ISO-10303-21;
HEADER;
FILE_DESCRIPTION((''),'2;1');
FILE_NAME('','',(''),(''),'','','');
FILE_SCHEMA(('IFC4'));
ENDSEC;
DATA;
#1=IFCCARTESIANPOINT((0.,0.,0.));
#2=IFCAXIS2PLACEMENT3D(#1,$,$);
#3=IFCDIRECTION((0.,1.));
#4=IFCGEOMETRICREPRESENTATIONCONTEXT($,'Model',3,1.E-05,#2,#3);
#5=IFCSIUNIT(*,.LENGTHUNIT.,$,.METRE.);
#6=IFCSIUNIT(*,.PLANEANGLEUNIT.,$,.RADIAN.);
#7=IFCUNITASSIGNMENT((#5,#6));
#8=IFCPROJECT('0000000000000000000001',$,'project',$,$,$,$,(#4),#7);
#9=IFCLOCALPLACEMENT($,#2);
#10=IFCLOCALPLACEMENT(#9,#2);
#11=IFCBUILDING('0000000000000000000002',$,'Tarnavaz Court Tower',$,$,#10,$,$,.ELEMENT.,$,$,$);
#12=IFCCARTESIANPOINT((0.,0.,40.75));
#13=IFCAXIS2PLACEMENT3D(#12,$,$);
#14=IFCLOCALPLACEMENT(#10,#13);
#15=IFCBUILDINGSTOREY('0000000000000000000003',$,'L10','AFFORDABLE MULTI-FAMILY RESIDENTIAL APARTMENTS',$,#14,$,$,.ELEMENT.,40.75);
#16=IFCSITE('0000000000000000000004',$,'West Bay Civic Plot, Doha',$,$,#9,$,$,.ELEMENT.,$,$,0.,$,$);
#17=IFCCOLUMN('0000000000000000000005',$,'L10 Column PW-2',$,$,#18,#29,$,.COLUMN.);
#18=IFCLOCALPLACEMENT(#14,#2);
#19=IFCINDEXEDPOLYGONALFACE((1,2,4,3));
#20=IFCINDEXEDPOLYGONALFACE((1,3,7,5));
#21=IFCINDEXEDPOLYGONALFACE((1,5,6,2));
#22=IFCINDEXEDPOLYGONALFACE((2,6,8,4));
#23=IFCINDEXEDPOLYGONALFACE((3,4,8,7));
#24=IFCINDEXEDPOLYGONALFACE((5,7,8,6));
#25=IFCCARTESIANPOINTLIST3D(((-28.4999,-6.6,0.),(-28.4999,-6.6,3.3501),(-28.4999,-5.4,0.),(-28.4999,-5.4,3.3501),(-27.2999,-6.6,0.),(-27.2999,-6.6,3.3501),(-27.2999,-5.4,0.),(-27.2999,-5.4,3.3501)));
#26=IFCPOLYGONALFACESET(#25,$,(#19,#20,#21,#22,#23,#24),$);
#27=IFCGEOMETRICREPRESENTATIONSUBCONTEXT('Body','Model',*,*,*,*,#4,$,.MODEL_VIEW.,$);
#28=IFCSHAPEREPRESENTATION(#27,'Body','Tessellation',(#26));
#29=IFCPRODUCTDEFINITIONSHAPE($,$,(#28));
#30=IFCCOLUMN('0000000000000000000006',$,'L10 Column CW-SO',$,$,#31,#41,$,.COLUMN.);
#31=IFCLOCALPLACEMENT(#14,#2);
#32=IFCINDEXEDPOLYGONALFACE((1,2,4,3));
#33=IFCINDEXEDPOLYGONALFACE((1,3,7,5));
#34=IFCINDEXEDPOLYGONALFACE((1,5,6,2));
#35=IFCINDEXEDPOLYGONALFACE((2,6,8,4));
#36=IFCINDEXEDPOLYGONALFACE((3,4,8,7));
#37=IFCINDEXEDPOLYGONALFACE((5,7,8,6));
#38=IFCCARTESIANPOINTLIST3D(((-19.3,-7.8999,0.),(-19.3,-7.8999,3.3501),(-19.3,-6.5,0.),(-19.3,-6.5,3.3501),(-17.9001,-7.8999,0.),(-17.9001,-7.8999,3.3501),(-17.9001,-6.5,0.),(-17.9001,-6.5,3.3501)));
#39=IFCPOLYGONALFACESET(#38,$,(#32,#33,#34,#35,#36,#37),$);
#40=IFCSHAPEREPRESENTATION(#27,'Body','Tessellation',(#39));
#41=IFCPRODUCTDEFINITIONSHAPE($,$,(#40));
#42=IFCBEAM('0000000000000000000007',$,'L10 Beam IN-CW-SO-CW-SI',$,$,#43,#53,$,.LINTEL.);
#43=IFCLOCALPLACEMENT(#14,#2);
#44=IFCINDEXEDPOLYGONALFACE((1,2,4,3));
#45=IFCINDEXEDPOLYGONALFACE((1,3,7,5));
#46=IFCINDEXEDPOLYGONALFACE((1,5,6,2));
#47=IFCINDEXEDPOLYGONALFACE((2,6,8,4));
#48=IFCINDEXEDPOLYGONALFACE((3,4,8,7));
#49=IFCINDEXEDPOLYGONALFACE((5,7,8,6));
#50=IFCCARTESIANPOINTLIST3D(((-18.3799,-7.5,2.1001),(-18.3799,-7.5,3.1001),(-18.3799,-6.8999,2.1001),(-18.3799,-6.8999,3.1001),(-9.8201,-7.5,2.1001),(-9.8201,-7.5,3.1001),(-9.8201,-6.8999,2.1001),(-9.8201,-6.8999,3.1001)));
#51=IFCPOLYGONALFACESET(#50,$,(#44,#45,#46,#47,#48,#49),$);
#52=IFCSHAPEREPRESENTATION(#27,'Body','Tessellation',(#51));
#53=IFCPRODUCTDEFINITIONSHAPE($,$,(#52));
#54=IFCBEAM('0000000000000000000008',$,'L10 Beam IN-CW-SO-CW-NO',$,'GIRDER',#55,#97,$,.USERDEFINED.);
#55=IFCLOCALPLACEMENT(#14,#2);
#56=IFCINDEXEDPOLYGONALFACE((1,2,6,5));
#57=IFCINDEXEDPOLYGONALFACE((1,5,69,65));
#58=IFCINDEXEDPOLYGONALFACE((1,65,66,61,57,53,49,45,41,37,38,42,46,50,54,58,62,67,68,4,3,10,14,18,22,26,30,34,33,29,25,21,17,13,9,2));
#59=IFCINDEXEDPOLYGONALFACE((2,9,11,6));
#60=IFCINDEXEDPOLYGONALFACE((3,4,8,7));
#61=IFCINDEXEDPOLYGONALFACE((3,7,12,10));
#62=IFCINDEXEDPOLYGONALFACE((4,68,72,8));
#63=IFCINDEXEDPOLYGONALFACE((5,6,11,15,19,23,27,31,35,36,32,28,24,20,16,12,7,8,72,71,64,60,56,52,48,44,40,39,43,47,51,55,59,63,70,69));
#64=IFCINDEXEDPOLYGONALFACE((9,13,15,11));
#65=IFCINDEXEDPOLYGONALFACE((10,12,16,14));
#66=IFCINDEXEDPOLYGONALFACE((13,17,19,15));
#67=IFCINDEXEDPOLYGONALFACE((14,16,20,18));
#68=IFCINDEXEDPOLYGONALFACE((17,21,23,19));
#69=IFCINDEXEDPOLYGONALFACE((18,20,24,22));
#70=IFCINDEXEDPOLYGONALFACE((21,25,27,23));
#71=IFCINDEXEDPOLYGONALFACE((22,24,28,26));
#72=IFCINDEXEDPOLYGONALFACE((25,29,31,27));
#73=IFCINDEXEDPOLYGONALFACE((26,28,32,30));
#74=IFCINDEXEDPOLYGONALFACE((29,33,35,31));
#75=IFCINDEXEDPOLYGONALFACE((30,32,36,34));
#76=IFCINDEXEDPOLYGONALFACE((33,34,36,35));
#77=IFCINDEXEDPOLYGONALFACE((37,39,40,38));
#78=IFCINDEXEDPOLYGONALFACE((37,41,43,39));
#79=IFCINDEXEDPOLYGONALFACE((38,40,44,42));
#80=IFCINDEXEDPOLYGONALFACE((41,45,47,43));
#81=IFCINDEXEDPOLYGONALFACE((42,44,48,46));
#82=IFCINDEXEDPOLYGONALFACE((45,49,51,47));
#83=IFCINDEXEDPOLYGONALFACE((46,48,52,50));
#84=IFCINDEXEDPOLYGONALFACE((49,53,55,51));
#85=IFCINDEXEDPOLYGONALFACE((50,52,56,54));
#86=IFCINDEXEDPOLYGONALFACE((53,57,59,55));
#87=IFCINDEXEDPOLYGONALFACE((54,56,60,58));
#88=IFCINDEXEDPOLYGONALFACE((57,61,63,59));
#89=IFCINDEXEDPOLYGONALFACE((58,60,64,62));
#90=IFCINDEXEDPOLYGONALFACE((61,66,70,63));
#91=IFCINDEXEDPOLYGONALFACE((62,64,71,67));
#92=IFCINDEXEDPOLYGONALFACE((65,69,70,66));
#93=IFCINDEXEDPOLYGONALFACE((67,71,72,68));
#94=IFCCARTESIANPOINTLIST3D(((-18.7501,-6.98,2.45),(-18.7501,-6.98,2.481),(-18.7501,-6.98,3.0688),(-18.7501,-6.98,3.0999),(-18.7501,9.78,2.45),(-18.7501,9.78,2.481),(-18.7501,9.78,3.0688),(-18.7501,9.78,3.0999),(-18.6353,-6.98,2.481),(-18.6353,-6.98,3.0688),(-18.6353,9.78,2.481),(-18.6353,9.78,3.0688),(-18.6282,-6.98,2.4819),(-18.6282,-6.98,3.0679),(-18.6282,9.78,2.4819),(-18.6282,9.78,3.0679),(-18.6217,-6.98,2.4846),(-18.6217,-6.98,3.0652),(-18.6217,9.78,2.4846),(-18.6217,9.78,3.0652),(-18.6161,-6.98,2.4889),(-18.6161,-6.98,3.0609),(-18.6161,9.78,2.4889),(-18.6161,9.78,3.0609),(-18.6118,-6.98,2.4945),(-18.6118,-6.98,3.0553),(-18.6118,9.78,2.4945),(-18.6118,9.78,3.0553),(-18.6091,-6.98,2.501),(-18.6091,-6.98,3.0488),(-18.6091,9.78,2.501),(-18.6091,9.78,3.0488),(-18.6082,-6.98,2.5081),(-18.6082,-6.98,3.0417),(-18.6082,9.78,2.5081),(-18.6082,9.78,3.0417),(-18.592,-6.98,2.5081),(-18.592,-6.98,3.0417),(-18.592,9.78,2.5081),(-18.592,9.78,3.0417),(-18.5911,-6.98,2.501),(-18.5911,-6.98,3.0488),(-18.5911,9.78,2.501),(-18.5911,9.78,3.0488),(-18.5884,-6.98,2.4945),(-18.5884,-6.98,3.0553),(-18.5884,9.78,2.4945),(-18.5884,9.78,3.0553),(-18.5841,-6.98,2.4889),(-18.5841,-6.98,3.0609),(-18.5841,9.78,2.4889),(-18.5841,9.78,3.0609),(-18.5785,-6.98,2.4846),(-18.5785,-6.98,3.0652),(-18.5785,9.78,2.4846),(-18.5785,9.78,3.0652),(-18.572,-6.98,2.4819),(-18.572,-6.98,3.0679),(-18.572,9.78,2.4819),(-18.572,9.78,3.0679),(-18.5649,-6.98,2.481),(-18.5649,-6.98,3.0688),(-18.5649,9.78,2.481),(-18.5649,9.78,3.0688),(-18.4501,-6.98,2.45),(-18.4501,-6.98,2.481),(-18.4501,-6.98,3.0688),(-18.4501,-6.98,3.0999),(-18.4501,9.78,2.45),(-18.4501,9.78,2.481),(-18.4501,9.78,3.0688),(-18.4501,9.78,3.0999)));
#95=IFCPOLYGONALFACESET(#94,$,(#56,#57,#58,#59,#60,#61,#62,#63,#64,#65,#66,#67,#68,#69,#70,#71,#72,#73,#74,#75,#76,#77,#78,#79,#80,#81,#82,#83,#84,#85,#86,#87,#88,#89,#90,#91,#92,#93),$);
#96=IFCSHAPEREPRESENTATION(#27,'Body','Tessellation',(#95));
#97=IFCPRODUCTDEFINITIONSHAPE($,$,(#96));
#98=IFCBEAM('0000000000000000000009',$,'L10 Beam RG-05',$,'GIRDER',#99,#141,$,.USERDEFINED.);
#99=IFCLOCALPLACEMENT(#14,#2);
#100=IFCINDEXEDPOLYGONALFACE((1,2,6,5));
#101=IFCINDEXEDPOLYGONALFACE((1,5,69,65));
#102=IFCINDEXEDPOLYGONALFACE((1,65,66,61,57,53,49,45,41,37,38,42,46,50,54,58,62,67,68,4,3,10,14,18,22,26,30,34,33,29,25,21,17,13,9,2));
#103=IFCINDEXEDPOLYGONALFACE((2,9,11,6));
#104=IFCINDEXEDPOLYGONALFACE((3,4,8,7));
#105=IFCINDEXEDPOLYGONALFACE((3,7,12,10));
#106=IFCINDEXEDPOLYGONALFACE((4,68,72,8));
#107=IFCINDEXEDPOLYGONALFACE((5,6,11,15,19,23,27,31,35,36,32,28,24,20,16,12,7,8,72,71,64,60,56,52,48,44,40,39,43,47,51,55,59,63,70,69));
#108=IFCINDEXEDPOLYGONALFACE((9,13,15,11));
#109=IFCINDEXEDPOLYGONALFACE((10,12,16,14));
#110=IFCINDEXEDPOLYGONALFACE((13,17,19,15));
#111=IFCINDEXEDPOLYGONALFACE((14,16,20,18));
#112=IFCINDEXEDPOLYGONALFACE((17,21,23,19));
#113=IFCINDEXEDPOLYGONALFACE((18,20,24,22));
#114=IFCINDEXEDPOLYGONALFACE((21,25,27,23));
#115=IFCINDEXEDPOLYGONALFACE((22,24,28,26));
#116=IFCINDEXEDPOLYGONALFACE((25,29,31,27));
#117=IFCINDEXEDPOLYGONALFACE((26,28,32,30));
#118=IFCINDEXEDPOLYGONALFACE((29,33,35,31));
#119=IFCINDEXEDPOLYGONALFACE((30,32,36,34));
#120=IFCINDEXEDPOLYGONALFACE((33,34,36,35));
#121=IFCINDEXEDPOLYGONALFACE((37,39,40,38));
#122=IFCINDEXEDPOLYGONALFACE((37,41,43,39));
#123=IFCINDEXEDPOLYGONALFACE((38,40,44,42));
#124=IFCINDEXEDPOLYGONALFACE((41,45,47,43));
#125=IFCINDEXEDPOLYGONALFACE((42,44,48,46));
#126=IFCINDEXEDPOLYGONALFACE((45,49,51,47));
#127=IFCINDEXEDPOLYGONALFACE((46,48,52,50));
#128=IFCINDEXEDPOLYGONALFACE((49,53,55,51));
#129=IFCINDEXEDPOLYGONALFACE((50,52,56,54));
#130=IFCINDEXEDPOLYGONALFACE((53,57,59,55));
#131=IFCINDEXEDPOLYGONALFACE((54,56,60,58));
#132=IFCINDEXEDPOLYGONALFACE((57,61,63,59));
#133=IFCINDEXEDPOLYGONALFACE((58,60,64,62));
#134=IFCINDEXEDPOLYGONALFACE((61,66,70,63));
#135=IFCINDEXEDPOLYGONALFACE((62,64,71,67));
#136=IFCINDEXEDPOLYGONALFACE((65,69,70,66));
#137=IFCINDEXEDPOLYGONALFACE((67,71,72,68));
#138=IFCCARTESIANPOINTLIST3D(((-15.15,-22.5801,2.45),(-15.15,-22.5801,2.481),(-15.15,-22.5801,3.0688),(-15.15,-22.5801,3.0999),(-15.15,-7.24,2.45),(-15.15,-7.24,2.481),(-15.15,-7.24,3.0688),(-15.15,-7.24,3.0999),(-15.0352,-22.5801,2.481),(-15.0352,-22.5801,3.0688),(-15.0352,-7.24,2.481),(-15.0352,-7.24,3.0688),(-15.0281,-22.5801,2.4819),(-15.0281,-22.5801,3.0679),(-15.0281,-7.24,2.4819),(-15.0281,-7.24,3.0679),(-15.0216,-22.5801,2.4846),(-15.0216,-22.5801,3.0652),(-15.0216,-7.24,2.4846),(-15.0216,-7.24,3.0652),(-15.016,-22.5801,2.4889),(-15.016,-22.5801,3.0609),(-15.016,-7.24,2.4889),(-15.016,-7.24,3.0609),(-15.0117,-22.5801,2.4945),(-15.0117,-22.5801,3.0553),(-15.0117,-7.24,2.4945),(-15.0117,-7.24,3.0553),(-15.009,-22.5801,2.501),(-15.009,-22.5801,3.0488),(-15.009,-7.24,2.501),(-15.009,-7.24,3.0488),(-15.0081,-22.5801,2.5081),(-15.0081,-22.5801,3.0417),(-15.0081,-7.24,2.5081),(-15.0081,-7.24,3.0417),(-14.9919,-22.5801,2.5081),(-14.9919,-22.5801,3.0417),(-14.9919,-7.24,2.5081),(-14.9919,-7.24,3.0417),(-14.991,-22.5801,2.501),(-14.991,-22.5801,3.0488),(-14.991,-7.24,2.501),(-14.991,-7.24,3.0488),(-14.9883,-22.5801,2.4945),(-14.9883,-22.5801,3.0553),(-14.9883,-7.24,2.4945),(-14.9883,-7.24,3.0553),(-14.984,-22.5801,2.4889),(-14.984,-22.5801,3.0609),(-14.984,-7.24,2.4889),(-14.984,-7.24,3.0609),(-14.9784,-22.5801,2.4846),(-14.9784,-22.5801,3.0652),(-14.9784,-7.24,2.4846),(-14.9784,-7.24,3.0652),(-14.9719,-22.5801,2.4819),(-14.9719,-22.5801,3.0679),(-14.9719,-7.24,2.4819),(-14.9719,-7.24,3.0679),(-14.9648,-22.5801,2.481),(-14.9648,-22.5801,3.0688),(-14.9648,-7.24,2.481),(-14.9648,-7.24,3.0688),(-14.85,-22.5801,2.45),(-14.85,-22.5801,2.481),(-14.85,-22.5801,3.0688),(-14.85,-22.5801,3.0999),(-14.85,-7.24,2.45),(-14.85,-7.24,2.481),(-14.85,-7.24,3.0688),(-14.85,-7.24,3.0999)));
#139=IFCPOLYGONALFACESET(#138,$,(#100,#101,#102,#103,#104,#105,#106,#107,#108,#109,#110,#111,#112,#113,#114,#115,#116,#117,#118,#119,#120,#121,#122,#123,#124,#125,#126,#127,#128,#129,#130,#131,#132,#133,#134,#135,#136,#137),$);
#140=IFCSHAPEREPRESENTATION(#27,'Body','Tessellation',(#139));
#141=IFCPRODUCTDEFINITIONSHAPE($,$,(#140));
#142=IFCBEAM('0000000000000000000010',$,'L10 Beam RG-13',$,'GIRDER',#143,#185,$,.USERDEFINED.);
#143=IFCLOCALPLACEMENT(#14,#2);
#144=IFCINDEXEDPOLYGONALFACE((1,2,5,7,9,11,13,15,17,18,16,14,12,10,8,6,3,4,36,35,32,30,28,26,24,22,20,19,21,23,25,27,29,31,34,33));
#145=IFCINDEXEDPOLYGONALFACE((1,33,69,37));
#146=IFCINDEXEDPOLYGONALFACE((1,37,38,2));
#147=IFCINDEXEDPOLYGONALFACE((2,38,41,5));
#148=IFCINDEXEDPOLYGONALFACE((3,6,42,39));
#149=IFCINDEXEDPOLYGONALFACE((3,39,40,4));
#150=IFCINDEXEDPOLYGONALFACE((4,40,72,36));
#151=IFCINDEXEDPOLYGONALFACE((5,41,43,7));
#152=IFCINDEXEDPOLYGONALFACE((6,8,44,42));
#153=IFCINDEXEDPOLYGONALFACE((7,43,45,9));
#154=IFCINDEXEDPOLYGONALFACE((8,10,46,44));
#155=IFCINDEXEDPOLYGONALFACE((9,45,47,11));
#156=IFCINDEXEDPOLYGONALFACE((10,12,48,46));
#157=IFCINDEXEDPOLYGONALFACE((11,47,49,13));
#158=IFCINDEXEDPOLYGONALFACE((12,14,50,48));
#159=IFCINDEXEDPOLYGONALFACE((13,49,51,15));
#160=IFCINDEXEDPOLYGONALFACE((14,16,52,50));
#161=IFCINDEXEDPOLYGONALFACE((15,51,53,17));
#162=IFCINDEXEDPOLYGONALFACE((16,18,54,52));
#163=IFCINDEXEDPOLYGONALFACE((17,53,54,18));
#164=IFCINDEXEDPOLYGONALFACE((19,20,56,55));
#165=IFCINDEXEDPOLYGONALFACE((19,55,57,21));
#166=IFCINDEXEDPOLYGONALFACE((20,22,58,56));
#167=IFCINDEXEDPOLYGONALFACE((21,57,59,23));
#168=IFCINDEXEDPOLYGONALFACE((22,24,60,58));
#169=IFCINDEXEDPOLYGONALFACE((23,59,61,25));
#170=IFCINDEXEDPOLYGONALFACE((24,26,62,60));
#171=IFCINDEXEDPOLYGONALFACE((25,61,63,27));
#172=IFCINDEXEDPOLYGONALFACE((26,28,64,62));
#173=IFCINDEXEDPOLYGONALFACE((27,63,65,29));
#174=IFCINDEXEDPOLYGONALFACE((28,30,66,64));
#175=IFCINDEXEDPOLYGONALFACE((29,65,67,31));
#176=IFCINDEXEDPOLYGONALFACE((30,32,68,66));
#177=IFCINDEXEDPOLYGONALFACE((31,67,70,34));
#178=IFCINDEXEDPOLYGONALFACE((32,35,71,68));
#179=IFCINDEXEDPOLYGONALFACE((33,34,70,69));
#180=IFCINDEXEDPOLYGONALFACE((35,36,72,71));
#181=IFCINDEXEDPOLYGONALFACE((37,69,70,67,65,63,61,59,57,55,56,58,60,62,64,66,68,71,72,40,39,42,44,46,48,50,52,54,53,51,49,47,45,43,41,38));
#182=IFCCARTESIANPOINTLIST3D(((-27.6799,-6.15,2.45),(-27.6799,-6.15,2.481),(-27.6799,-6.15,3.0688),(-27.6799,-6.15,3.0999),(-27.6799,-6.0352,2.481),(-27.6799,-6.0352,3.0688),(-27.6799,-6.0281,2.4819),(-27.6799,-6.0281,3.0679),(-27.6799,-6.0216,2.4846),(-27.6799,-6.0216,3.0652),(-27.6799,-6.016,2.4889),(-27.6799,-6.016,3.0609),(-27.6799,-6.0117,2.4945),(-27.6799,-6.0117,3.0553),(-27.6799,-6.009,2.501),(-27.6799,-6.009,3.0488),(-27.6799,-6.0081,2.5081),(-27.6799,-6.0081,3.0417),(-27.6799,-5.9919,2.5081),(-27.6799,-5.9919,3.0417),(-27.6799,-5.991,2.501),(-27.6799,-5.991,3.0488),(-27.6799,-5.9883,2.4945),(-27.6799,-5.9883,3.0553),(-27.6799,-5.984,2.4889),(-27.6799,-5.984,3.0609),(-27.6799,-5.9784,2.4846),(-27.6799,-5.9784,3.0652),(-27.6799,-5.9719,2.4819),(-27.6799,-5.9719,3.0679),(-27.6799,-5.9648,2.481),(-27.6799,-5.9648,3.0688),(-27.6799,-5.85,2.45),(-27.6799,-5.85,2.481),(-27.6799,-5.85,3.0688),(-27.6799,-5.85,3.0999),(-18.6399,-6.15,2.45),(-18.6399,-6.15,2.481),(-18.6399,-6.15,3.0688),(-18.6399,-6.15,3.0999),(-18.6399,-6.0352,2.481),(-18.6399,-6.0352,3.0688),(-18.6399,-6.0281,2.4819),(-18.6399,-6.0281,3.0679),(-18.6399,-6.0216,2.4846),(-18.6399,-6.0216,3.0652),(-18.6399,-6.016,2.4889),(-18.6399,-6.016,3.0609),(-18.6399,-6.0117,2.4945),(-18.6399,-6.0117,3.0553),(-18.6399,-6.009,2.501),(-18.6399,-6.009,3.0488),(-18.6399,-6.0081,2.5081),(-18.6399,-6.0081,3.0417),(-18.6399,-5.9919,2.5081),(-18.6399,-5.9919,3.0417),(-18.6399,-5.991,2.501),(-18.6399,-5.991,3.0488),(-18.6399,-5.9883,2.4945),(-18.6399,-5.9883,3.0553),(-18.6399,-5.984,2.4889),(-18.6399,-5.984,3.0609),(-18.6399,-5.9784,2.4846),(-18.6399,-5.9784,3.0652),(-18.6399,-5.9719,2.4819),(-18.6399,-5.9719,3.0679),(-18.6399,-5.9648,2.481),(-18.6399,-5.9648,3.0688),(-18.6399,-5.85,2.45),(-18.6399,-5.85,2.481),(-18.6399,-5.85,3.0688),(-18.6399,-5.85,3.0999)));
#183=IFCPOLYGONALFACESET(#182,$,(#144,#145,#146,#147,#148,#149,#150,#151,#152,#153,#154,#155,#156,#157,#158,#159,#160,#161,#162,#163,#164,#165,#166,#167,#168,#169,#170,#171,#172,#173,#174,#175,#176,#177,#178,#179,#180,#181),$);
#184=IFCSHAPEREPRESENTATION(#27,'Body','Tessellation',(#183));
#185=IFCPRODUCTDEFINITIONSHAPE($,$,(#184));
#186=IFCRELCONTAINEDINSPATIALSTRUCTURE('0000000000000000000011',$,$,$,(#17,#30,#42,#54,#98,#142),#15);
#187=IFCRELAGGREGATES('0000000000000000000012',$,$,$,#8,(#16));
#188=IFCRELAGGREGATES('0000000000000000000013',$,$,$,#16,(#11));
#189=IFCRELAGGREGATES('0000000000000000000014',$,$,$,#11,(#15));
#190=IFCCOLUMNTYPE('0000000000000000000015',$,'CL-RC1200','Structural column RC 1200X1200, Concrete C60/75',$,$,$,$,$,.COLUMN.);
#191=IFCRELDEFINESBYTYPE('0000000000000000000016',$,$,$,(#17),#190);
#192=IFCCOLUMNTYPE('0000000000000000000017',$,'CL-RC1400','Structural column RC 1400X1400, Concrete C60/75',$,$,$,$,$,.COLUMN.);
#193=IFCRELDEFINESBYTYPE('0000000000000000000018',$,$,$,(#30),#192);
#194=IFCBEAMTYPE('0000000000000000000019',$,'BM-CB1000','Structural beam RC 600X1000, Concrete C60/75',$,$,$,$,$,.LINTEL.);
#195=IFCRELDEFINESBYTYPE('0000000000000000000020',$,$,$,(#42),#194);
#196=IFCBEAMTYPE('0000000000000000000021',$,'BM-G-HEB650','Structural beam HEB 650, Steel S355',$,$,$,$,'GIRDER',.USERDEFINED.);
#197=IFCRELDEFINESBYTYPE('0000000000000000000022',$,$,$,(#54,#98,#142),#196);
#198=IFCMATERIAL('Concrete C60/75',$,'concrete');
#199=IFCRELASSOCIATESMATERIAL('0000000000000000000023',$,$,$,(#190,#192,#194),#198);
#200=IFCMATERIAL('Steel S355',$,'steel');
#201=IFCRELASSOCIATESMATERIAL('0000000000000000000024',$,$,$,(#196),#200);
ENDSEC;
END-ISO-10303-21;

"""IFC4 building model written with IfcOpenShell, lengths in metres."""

from ifc_helpers import new_model, si_unit, direction, frame, origin, origin_2d, place, context, subcontext, project, spatial, rectangle, i_section, extrude, material, material_profile, profile_set, type_object, element, save


model = new_model("IFC4")

# Units and contexts
model_context = context("Model", 3, precision=1e-05, world=origin(), true_north=direction((0.0, 1.0)))
body_context = subcontext(model_context, "Body", "Model", "MODEL_VIEW")
ifc_project = project(units=[si_unit("LENGTHUNIT", "METRE"), si_unit("PLANEANGLEUNIT", "RADIAN")], contexts=[model_context])

# Site, building, storey
site_placement = place(None, origin())
site = spatial("IfcSite", under=ifc_project, at=site_placement, Name="West Bay Civic Plot, Doha", CompositionType="ELEMENT", RefElevation=0.0)
building_placement = place(site_placement, origin())
building = spatial("IfcBuilding", under=site, at=building_placement, Name="Tarnavaz Court Tower", CompositionType="ELEMENT")
storey_placement = place(building_placement, frame((0.0, 0.0, 40.75)))
storey = spatial("IfcBuildingStorey", under=building, at=storey_placement, Name="L10", Description="AFFORDABLE MULTI-FAMILY RESIDENTIAL APARTMENTS", CompositionType="ELEMENT", Elevation=40.75)

# Columns
ifc_material_1 = material(Name="Concrete C60/75", Category="concrete")
ifc_material_profile_1 = material_profile(ifc_material_1, rectangle(XDim=1.2, YDim=1.2, at=origin_2d()), Name="RC 1200X1200")
ifc_profile_set_1 = profile_set([ifc_material_profile_1], Name="Concrete C60/75")
column_type_1 = type_object("IfcColumnType", Name="CL-RC1200", Description="Structural column RC 1200X1200, Concrete C60/75", PredefinedType="COLUMN", material=ifc_profile_set_1)
column_1_placement = place(storey_placement, frame((-27.8999, -6.0, 0.0), z_axis=(0.0, 0.0, 1.0), x_axis=(1.0, 0.0, 0.0)))
element("IfcColumn", 1, at=column_1_placement, inside=storey, type_object=column_type_1, Name="L10 Column PW-2", PredefinedType="COLUMN", context=body_context, shape_type="SweptSolid", body=[
    extrude(rectangle(XDim=1.2, YDim=1.2, at=origin_2d()), origin(), (0.0, 0.0, 1.0), 3.3501),
])
ifc_material_profile_2 = material_profile(ifc_material_1, rectangle(XDim=1.3999, YDim=1.3999, at=origin_2d()), Name="RC 1400X1400")
ifc_profile_set_2 = profile_set([ifc_material_profile_2], Name="Concrete C60/75")
column_type_2 = type_object("IfcColumnType", Name="CL-RC1400", Description="Structural column RC 1400X1400, Concrete C60/75", PredefinedType="COLUMN", material=ifc_profile_set_2)
column_2_placement = place(storey_placement, frame((-18.6001, -7.2, 0.0), z_axis=(0.0, 0.0, 1.0), x_axis=(1.0, 0.0, 0.0)))
element("IfcColumn", 2, at=column_2_placement, inside=storey, type_object=column_type_2, Name="L10 Column CW-SO", PredefinedType="COLUMN", context=body_context, shape_type="SweptSolid", body=[
    extrude(rectangle(XDim=1.3999, YDim=1.3999, at=origin_2d()), origin(), (0.0, 0.0, 1.0), 3.3501),
])

# Beams
ifc_material_profile_3 = material_profile(ifc_material_1, rectangle(XDim=0.6001, YDim=1.0, at=origin_2d()), Name="RC 600X1000")
ifc_profile_set_3 = profile_set([ifc_material_profile_3], Name="Concrete C60/75")
beam_type_1 = type_object("IfcBeamType", Name="BM-CB1000", Description="Structural beam RC 600X1000, Concrete C60/75", PredefinedType="LINTEL", material=ifc_profile_set_3)
beam_1_placement = place(storey_placement, frame((-18.3799, -7.2, 2.6001), z_axis=(1.0, 0.0, 0.0), x_axis=(0.0, 1.0, 0.0)))
element("IfcBeam", 3, at=beam_1_placement, inside=storey, type_object=beam_type_1, Name="L10 Beam IN-CW-SO-CW-SI", PredefinedType="LINTEL", context=body_context, shape_type="SweptSolid", body=[
    extrude(rectangle(XDim=0.6001, YDim=1.0, at=origin_2d()), origin(), (0.0, 0.0, 1.0), 8.5598),
])
ifc_material_2 = material(Name="Steel S355", Category="steel")
ifc_material_profile_4 = material_profile(ifc_material_2, i_section(OverallWidth=0.3, OverallDepth=0.6499, WebThickness=0.0161, FlangeThickness=0.031, FilletRadius=0.0271, at=origin_2d()), Name="HEB 650")
ifc_profile_set_4 = profile_set([ifc_material_profile_4], Name="Steel S355")
beam_type_2 = type_object("IfcBeamType", Name="BM-G-HEB650", Description="Structural beam HEB 650, Steel S355", ElementType="GIRDER", PredefinedType="USERDEFINED", material=ifc_profile_set_4)
beam_2_placement = place(storey_placement, frame((-18.6001, -6.98, 2.7749), z_axis=(0.0, 1.0, 0.0), x_axis=(-1.0, 0.0, 0.0)))
element("IfcBeam", 4, at=beam_2_placement, inside=storey, type_object=beam_type_2, Name="L10 Beam IN-CW-SO-CW-NO", ObjectType="GIRDER", PredefinedType="USERDEFINED", context=body_context, shape_type="SweptSolid", body=[
    extrude(i_section(OverallWidth=0.3, OverallDepth=0.6499, WebThickness=0.0161, FlangeThickness=0.031, FilletRadius=0.0271, at=origin_2d()), origin(), (0.0, 0.0, 1.0), 16.76),
])
beam_3_placement = place(storey_placement, frame((-15.0, -7.24, 2.7749), z_axis=(0.0, -1.0, 0.0), x_axis=(1.0, 0.0, 0.0)))
element("IfcBeam", 5, at=beam_3_placement, inside=storey, type_object=beam_type_2, Name="L10 Beam RG-05", ObjectType="GIRDER", PredefinedType="USERDEFINED", context=body_context, shape_type="SweptSolid", body=[
    extrude(i_section(OverallWidth=0.3, OverallDepth=0.6499, WebThickness=0.0161, FlangeThickness=0.031, FilletRadius=0.0271, at=origin_2d()), origin(), (0.0, 0.0, 1.0), 15.3401),
])
beam_4_placement = place(storey_placement, frame((-18.6399, -6.0, 2.7749), z_axis=(-1.0, 0.0, 0.0), x_axis=(0.0, -1.0, 0.0)))
element("IfcBeam", 6, at=beam_4_placement, inside=storey, type_object=beam_type_2, Name="L10 Beam RG-13", ObjectType="GIRDER", PredefinedType="USERDEFINED", context=body_context, shape_type="SweptSolid", body=[
    extrude(i_section(OverallWidth=0.3, OverallDepth=0.6499, WebThickness=0.0161, FlangeThickness=0.031, FilletRadius=0.0271, at=origin_2d()), origin(), (0.0, 0.0, 1.0), 9.04),
])

save(model, "model.ifc")
